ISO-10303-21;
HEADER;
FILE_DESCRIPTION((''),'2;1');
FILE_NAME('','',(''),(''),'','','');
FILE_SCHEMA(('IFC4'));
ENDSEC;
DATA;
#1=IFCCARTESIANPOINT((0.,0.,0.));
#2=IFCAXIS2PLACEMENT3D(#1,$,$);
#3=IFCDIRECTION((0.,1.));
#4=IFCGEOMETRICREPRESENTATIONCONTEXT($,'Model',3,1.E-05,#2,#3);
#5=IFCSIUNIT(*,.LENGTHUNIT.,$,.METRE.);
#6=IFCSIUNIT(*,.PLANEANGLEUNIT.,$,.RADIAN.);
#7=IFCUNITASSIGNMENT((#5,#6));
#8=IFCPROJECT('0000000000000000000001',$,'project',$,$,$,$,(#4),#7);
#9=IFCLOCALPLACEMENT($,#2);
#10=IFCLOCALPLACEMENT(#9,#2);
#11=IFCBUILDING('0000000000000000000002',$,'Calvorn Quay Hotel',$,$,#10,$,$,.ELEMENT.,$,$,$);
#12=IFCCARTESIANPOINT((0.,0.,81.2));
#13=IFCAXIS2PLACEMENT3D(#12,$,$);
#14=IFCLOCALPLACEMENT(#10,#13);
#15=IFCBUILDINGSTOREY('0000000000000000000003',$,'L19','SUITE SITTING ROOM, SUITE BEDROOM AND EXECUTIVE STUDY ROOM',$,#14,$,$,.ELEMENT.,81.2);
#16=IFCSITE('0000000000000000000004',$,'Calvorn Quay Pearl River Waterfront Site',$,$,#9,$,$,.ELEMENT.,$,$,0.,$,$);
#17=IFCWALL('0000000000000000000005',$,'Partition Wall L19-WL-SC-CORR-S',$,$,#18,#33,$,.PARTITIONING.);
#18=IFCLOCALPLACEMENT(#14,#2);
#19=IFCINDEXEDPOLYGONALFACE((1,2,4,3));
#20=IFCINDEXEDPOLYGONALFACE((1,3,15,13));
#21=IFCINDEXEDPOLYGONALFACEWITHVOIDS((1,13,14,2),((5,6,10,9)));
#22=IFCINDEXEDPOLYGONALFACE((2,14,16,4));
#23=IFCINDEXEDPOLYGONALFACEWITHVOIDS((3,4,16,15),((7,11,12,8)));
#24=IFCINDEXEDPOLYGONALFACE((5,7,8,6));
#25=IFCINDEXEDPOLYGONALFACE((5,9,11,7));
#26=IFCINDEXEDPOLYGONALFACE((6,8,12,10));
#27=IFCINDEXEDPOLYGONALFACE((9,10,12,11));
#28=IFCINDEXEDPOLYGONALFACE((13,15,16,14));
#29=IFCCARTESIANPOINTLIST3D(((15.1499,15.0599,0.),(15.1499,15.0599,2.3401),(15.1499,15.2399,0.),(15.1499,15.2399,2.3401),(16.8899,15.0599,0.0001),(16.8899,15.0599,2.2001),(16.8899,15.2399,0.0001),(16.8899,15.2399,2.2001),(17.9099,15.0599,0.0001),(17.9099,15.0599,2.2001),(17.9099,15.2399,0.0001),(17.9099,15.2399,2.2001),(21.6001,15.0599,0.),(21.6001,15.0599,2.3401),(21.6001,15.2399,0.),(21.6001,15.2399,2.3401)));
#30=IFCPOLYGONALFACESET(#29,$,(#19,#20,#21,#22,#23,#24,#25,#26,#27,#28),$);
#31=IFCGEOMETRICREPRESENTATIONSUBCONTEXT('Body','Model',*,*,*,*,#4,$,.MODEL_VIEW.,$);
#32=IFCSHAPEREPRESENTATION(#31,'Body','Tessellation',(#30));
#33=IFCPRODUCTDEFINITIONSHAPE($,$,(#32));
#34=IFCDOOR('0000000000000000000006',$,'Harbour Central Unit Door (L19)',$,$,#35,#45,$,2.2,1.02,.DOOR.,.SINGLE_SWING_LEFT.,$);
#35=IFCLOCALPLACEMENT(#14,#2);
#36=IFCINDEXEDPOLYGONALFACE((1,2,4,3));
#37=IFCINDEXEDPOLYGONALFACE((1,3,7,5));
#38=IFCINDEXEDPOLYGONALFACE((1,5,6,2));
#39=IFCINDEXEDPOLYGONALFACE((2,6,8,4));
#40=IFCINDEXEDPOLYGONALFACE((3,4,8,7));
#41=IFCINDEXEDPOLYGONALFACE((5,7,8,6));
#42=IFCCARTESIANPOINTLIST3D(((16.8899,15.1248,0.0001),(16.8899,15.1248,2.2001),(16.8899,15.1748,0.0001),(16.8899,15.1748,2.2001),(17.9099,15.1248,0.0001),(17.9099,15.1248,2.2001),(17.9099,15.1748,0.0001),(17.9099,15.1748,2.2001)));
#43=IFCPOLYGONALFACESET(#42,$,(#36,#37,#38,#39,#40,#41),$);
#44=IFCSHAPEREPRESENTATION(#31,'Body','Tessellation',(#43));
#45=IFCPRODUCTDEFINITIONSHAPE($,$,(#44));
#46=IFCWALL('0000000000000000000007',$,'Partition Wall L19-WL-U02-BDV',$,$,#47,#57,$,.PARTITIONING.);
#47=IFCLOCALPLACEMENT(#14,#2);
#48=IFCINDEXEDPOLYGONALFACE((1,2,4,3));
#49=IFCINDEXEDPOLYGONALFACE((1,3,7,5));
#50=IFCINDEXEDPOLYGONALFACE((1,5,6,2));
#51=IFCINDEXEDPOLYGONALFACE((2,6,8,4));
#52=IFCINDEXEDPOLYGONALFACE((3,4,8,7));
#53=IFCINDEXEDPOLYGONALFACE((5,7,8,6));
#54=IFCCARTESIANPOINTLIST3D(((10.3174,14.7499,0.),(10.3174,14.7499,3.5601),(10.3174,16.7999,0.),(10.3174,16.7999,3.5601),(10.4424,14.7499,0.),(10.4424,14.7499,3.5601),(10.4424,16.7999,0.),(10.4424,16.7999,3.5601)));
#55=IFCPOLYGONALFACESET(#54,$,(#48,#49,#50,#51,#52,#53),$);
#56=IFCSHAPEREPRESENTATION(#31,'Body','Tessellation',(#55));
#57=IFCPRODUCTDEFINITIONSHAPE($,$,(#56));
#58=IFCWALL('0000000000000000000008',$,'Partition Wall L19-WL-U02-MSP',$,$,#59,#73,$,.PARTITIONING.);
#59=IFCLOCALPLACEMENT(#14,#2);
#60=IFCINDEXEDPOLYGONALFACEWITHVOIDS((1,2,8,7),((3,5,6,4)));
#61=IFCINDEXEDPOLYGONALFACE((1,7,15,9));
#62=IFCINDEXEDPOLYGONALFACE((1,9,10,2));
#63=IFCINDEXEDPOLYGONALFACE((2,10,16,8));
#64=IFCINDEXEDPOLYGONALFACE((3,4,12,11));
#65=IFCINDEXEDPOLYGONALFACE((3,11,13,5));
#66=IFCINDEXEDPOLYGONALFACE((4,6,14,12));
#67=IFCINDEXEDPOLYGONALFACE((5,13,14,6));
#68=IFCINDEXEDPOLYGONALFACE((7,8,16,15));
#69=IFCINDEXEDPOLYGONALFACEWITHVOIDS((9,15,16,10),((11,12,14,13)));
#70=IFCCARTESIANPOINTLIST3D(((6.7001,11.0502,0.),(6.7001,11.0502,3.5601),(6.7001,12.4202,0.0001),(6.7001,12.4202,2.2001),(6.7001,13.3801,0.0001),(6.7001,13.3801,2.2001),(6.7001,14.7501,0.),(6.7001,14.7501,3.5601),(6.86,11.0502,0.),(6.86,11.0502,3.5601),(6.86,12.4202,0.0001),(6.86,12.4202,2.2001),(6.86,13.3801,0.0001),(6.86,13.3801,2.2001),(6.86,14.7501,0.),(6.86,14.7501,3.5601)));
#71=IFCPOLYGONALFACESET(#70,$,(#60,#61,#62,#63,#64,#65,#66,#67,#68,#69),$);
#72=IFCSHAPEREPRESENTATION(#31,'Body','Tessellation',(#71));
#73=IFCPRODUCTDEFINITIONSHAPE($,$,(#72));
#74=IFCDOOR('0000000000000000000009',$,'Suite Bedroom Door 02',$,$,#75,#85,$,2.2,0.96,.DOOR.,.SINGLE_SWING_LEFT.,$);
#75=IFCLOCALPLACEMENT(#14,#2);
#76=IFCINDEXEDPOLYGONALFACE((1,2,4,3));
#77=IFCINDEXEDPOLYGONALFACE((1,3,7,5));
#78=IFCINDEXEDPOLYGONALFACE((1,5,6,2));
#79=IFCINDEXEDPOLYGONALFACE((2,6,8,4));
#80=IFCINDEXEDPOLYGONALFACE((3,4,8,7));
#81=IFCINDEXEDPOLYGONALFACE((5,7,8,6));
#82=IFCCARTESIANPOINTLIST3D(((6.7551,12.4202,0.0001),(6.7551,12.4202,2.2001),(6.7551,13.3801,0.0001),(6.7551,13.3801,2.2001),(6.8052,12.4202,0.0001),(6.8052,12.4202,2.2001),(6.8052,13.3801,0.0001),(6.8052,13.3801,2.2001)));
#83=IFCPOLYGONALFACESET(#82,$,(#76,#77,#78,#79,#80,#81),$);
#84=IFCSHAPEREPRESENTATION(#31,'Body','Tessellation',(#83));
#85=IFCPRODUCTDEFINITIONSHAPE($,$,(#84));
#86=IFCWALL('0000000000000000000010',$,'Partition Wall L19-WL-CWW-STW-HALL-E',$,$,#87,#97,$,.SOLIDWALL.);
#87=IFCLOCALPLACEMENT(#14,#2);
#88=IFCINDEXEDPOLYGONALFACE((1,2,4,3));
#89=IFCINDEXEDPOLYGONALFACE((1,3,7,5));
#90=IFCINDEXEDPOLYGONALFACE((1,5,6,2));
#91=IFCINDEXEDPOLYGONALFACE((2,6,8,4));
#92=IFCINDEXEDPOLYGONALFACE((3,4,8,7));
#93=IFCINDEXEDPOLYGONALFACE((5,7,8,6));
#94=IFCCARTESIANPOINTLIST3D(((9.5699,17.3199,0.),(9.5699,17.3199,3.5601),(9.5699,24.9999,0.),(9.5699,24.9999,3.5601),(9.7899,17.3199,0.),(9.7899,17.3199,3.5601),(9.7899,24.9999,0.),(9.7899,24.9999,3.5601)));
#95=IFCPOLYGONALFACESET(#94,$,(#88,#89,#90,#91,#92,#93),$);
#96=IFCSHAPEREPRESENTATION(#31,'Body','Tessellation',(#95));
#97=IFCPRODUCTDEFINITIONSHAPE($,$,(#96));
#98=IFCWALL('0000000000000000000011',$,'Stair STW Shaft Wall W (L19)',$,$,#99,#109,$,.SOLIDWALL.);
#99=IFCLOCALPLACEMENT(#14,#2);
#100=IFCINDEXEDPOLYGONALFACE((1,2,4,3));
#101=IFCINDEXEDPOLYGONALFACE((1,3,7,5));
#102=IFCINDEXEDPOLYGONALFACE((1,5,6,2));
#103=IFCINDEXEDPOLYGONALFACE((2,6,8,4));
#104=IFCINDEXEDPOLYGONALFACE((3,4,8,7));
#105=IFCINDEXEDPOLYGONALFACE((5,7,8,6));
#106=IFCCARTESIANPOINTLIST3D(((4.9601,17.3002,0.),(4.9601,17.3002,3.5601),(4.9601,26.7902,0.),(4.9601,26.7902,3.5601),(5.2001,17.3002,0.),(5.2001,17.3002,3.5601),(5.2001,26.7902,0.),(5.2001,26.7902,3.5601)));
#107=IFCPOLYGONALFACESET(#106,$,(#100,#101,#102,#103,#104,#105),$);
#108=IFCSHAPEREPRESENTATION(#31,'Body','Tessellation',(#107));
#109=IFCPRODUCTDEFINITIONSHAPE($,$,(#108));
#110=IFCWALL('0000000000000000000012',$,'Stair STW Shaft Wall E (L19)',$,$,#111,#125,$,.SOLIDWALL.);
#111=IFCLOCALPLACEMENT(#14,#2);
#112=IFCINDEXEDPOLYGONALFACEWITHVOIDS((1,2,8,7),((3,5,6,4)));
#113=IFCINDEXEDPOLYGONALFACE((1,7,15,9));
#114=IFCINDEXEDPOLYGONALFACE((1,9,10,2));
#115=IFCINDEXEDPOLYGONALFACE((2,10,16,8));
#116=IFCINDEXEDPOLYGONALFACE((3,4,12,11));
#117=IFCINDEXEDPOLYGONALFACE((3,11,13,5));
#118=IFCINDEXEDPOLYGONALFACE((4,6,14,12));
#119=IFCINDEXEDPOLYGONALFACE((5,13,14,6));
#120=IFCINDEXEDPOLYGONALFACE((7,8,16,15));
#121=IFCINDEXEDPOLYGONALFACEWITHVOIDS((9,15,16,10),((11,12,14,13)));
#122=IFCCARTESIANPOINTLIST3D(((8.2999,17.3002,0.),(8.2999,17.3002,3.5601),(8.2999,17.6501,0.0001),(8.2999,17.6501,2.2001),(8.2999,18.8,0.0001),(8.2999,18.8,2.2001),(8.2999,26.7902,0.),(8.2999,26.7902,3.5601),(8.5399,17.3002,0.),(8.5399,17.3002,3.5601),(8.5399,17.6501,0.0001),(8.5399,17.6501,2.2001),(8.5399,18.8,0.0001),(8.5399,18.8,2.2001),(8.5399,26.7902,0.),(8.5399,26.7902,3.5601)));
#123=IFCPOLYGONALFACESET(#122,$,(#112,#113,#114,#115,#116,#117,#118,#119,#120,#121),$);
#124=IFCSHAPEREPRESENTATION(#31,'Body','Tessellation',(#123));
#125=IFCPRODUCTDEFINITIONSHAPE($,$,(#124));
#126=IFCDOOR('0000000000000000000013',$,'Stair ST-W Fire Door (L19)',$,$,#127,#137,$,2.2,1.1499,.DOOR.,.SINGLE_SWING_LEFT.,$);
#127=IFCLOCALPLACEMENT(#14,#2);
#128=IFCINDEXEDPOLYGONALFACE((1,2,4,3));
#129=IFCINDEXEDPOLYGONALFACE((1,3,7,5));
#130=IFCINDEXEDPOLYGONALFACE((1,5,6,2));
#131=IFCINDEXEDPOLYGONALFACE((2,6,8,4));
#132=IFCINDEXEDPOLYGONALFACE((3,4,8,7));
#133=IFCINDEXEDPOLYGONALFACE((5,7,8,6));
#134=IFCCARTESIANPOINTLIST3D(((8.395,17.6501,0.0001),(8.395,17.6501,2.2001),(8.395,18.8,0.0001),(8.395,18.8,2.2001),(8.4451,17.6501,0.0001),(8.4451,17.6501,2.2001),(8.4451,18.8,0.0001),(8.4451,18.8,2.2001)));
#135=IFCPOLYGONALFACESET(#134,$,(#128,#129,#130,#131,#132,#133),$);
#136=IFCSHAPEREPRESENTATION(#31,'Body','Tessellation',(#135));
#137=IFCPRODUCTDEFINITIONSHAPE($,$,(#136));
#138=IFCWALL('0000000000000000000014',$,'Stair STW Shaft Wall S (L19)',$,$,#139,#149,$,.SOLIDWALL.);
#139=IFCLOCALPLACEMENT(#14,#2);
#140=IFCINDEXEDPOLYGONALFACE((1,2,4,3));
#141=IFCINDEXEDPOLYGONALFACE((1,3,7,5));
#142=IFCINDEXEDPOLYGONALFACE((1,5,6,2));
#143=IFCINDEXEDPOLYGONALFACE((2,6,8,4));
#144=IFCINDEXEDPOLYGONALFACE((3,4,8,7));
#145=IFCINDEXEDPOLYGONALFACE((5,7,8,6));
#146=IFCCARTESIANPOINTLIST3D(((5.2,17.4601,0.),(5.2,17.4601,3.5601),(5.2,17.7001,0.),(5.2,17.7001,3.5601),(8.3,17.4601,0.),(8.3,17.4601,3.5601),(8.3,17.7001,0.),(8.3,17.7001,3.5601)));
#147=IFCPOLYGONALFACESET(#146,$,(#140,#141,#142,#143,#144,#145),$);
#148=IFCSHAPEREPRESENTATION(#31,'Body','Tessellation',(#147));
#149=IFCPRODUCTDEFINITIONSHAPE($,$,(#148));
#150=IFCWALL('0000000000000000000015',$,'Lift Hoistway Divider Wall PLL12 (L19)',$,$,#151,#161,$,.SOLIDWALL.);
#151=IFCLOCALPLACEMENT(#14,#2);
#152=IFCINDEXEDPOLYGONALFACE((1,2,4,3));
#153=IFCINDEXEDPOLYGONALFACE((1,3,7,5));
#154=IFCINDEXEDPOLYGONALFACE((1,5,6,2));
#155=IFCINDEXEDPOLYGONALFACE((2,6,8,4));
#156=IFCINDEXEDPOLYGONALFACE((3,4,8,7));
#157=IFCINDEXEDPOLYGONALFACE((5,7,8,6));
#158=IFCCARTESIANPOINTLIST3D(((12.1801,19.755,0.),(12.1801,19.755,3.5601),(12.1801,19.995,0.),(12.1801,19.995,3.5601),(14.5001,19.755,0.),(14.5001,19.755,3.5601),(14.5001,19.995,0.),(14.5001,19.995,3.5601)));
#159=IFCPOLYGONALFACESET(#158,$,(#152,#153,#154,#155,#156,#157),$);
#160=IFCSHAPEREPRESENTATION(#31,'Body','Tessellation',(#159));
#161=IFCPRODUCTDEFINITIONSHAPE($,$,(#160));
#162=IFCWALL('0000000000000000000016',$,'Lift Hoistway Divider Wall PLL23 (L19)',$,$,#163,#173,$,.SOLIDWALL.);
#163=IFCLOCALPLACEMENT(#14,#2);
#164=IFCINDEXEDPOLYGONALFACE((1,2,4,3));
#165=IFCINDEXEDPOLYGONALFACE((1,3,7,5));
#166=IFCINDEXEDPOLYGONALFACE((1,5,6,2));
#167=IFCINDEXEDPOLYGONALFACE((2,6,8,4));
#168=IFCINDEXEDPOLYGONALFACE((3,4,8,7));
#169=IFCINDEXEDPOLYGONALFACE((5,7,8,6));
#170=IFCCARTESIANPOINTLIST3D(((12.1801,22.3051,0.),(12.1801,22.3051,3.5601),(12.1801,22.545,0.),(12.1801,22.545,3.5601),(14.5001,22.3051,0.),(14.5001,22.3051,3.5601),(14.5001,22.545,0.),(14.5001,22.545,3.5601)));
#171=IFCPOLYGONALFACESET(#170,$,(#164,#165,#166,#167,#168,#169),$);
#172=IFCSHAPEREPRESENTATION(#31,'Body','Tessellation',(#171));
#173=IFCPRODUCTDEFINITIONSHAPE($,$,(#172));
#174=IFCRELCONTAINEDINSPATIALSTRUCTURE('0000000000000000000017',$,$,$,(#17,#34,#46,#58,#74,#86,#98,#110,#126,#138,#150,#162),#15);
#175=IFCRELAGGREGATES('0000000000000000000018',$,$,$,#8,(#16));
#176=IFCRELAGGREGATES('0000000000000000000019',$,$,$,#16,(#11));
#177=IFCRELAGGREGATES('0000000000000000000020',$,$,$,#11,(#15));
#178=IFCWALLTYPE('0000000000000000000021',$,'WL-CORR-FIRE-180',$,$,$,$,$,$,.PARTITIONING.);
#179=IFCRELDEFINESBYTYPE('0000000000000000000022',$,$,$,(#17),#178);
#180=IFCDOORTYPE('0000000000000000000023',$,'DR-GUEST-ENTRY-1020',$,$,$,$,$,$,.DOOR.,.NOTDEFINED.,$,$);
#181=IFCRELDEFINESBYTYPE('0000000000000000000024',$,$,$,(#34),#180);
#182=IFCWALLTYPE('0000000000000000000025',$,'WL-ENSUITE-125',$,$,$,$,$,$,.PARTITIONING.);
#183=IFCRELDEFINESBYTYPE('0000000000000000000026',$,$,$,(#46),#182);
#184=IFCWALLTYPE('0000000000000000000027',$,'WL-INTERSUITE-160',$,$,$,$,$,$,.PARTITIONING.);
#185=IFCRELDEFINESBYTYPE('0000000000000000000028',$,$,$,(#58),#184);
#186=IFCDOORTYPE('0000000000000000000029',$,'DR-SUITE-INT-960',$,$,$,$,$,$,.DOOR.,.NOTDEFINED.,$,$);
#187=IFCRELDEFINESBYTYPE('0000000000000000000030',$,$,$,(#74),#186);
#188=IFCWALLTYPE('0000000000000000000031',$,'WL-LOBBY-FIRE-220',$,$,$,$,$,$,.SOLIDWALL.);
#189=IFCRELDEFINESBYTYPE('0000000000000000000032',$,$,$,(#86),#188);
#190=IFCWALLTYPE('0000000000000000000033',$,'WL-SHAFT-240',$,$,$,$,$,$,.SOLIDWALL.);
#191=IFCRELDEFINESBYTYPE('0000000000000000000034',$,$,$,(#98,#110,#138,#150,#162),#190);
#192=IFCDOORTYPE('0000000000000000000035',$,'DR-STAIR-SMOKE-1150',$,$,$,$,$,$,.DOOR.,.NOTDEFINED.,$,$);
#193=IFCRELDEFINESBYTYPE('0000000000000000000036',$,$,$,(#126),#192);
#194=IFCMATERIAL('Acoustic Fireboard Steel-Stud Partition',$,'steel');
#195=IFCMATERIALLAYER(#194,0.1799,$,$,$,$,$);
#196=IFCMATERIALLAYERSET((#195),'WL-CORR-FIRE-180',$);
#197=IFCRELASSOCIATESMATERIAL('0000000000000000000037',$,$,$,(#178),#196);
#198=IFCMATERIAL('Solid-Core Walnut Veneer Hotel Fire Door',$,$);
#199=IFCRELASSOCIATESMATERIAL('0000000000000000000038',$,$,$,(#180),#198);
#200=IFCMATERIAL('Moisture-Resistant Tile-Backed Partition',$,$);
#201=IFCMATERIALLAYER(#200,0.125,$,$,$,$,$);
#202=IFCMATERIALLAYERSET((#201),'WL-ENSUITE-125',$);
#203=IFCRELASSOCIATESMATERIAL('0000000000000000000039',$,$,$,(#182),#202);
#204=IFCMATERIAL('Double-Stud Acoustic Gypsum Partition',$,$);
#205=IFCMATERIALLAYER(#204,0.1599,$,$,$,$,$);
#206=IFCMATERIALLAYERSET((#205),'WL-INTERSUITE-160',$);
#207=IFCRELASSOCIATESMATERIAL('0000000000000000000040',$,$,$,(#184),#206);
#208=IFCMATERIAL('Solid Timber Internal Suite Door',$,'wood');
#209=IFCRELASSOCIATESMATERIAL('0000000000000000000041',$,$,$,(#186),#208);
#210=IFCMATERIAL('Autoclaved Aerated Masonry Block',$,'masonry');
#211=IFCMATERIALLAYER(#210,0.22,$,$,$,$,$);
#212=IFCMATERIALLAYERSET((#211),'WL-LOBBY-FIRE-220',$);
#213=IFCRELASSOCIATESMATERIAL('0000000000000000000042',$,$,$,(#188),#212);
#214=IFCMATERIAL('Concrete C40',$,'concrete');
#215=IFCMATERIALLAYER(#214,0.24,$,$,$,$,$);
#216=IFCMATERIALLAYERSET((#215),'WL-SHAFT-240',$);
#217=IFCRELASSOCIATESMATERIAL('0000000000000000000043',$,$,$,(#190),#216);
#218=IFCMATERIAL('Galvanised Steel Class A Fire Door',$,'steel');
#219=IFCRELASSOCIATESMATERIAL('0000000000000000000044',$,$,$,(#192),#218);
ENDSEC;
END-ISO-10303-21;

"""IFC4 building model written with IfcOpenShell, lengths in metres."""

from ifc_helpers import new_model, si_unit, direction, frame, frame_2d, origin, place, context, subcontext, project, spatial, rectangle, extrude, material, layer, layer_set, type_object, element, fill, save


model = new_model("IFC4")

# Units and contexts
model_context = context("Model", 3, precision=1e-05, world=origin(), true_north=direction((0.0, 1.0)))
body_context = subcontext(model_context, "Body", "Model", "MODEL_VIEW")
ifc_project = project(units=[si_unit("LENGTHUNIT", "METRE"), si_unit("PLANEANGLEUNIT", "RADIAN")], contexts=[model_context])

# Site, building, storey
site_placement = place(None, origin())
site = spatial("IfcSite", under=ifc_project, at=site_placement, Name="Calvorn Quay Pearl River Waterfront Site", CompositionType="ELEMENT", RefElevation=0.0)
building_placement = place(site_placement, origin())
building = spatial("IfcBuilding", under=site, at=building_placement, Name="Calvorn Quay Hotel", CompositionType="ELEMENT")
storey_placement = place(building_placement, frame((0.0, 0.0, 81.2)))
storey = spatial("IfcBuildingStorey", under=building, at=storey_placement, Name="L19", Description="SUITE SITTING ROOM, SUITE BEDROOM AND EXECUTIVE STUDY ROOM", CompositionType="ELEMENT", Elevation=81.2)

# Wall, opening, door
ifc_material_1 = material(Name="Acoustic Fireboard Steel-Stud Partition", Category="steel")
ifc_layer_1 = layer(ifc_material_1, 0.1799)
ifc_layer_set_1 = layer_set([ifc_layer_1], Name="WL-CORR-FIRE-180")
wall_type_1 = type_object("IfcWallType", Name="WL-CORR-FIRE-180", PredefinedType="PARTITIONING", material=ifc_layer_set_1)
wall_1_placement = place(storey_placement, frame((15.1499, 15.1499, 0.0), z_axis=(0.0, 0.0, 1.0), x_axis=(1.0, 0.0, 0.0)))
wall_1 = element("IfcWall", 1, at=wall_1_placement, inside=storey, type_object=wall_type_1, Name="Partition Wall L19-WL-SC-CORR-S", PredefinedType="PARTITIONING", context=body_context, shape_type="SweptSolid", body=[
    extrude(rectangle(XDim=6.4502, YDim=0.1799, at=frame_2d((3.2251, 0.0))), origin(), (0.0, 0.0, 1.0), 2.3401),
])
opening_1_placement = place(wall_1_placement, frame((1.74, 0.0, 0.0)))
opening_1 = element("IfcOpeningElement", 2, at=opening_1_placement, cuts=wall_1, PredefinedType="OPENING", context=body_context, shape_type="SweptSolid", body=[
    extrude(rectangle(XDim=1.02, YDim=2.2, at=frame_2d((0.51, 1.1001))), frame((0.0, 0.0999, 0.0), z_axis=(0.0, -1.0, 0.0), x_axis=(1.0, 0.0, 0.0)), (0.0, 0.0, 1.0), 0.2),
])
ifc_material_2 = material(Name="Solid-Core Walnut Veneer Hotel Fire Door")
door_type_1 = type_object("IfcDoorType", Name="DR-GUEST-ENTRY-1020", OperationType="NOTDEFINED", PredefinedType="DOOR", material=ifc_material_2)
door_1_placement = place(opening_1_placement, origin())
door_1 = element("IfcDoor", 3, at=door_1_placement, inside=storey, type_object=door_type_1, Name="Harbour Central Unit Door (L19)", OperationType="SINGLE_SWING_LEFT", OverallHeight=2.2, OverallWidth=1.02, PredefinedType="DOOR", context=body_context, shape_type="SweptSolid", body=[
    extrude(rectangle(XDim=1.02, YDim=2.2, at=frame_2d((0.51, 1.1001))), frame((0.0, 0.0249, 0.0), z_axis=(0.0, -1.0, 0.0), x_axis=(1.0, 0.0, 0.0)), (0.0, 0.0, 1.0), 0.05),
])
fill(opening_1, door_1)

# Wall
ifc_material_3 = material(Name="Moisture-Resistant Tile-Backed Partition")
ifc_layer_2 = layer(ifc_material_3, 0.125)
ifc_layer_set_2 = layer_set([ifc_layer_2], Name="WL-ENSUITE-125")
wall_type_2 = type_object("IfcWallType", Name="WL-ENSUITE-125", PredefinedType="PARTITIONING", material=ifc_layer_set_2)
wall_2_placement = place(storey_placement, frame((10.3799, 14.75, 0.0), z_axis=(0.0, 0.0, 1.0), x_axis=(0.0, 1.0, 0.0)))
element("IfcWall", 4, at=wall_2_placement, inside=storey, type_object=wall_type_2, Name="Partition Wall L19-WL-U02-BDV", PredefinedType="PARTITIONING", context=body_context, shape_type="SweptSolid", body=[
    extrude(rectangle(XDim=2.05, YDim=0.125, at=frame_2d((1.0249, 0.0))), origin(), (0.0, 0.0, 1.0), 3.5601),
])

# Wall, opening, door
ifc_material_4 = material(Name="Double-Stud Acoustic Gypsum Partition")
ifc_layer_3 = layer(ifc_material_4, 0.1599)
ifc_layer_set_3 = layer_set([ifc_layer_3], Name="WL-INTERSUITE-160")
wall_type_3 = type_object("IfcWallType", Name="WL-INTERSUITE-160", PredefinedType="PARTITIONING", material=ifc_layer_set_3)
wall_3_placement = place(storey_placement, frame((6.78, 11.05, 0.0), z_axis=(0.0, 0.0, 1.0), x_axis=(0.0, 1.0, 0.0)))
wall_3 = element("IfcWall", 5, at=wall_3_placement, inside=storey, type_object=wall_type_3, Name="Partition Wall L19-WL-U02-MSP", PredefinedType="PARTITIONING", context=body_context, shape_type="SweptSolid", body=[
    extrude(rectangle(XDim=3.7, YDim=0.1599, at=frame_2d((1.8501, 0.0))), origin(), (0.0, 0.0, 1.0), 3.5601),
])
opening_2_placement = place(wall_3_placement, frame((1.3701, 0.0, 0.0)))
opening_2 = element("IfcOpeningElement", 6, at=opening_2_placement, cuts=wall_3, PredefinedType="OPENING", context=body_context, shape_type="SweptSolid", body=[
    extrude(rectangle(XDim=0.96, YDim=2.2, at=frame_2d((0.48, 1.1001))), frame((0.0, 0.0898, 0.0), z_axis=(0.0, -1.0, 0.0), x_axis=(1.0, 0.0, 0.0)), (0.0, 0.0, 1.0), 0.1799),
])
ifc_material_5 = material(Name="Solid Timber Internal Suite Door", Category="wood")
door_type_2 = type_object("IfcDoorType", Name="DR-SUITE-INT-960", OperationType="NOTDEFINED", PredefinedType="DOOR", material=ifc_material_5)
door_2_placement = place(opening_2_placement, origin())
door_2 = element("IfcDoor", 7, at=door_2_placement, inside=storey, type_object=door_type_2, Name="Suite Bedroom Door 02", OperationType="SINGLE_SWING_LEFT", OverallHeight=2.2, OverallWidth=0.96, PredefinedType="DOOR", context=body_context, shape_type="SweptSolid", body=[
    extrude(rectangle(XDim=0.96, YDim=2.2, at=frame_2d((0.48, 1.1001))), frame((0.0, 0.0249, 0.0), z_axis=(0.0, -1.0, 0.0), x_axis=(1.0, 0.0, 0.0)), (0.0, 0.0, 1.0), 0.05),
])
fill(opening_2, door_2)

# Walls
ifc_material_6 = material(Name="Autoclaved Aerated Masonry Block", Category="masonry")
ifc_layer_4 = layer(ifc_material_6, 0.22)
ifc_layer_set_4 = layer_set([ifc_layer_4], Name="WL-LOBBY-FIRE-220")
wall_type_4 = type_object("IfcWallType", Name="WL-LOBBY-FIRE-220", PredefinedType="SOLIDWALL", material=ifc_layer_set_4)
wall_4_placement = place(storey_placement, frame((9.6799, 17.3201, 0.0), z_axis=(0.0, 0.0, 1.0), x_axis=(0.0, 1.0, 0.0)))
element("IfcWall", 8, at=wall_4_placement, inside=storey, type_object=wall_type_4, Name="Partition Wall L19-WL-CWW-STW-HALL-E", PredefinedType="SOLIDWALL", context=body_context, shape_type="SweptSolid", body=[
    extrude(rectangle(XDim=7.6799, YDim=0.22, at=frame_2d((3.8398, 0.0))), origin(), (0.0, 0.0, 1.0), 3.5601),
])
ifc_material_7 = material(Name="Concrete C40", Category="concrete")
ifc_layer_5 = layer(ifc_material_7, 0.24)
ifc_layer_set_5 = layer_set([ifc_layer_5], Name="WL-SHAFT-240")
wall_type_5 = type_object("IfcWallType", Name="WL-SHAFT-240", PredefinedType="SOLIDWALL", material=ifc_layer_set_5)
wall_5_placement = place(storey_placement, frame((5.0801, 17.3, 0.0), z_axis=(0.0, 0.0, 1.0), x_axis=(0.0, 1.0, 0.0)))
element("IfcWall", 9, at=wall_5_placement, inside=storey, type_object=wall_type_5, Name="Stair STW Shaft Wall W (L19)", PredefinedType="SOLIDWALL", context=body_context, shape_type="SweptSolid", body=[
    extrude(rectangle(XDim=9.49, YDim=0.24, at=frame_2d((4.7451, 0.0))), origin(), (0.0, 0.0, 1.0), 3.5601),
])

# Wall, opening, door
wall_6_placement = place(storey_placement, frame((8.4199, 17.3, 0.0), z_axis=(0.0, 0.0, 1.0), x_axis=(0.0, 1.0, 0.0)))
wall_6 = element("IfcWall", 10, at=wall_6_placement, inside=storey, type_object=wall_type_5, Name="Stair STW Shaft Wall E (L19)", PredefinedType="SOLIDWALL", context=body_context, shape_type="SweptSolid", body=[
    extrude(rectangle(XDim=9.49, YDim=0.24, at=frame_2d((4.7451, 0.0))), origin(), (0.0, 0.0, 1.0), 3.5601),
])
opening_3_placement = place(wall_6_placement, frame((0.3501, 0.0, 0.0)))
opening_3 = element("IfcOpeningElement", 11, at=opening_3_placement, cuts=wall_6, PredefinedType="OPENING", context=body_context, shape_type="SweptSolid", body=[
    extrude(rectangle(XDim=1.1499, YDim=2.2, at=frame_2d((0.575, 1.1001))), frame((0.0, 0.1299, 0.0), z_axis=(0.0, -1.0, 0.0), x_axis=(1.0, 0.0, 0.0)), (0.0, 0.0, 1.0), 0.26),
])
ifc_material_8 = material(Name="Galvanised Steel Class A Fire Door", Category="steel")
door_type_3 = type_object("IfcDoorType", Name="DR-STAIR-SMOKE-1150", OperationType="NOTDEFINED", PredefinedType="DOOR", material=ifc_material_8)
door_3_placement = place(opening_3_placement, origin())
door_3 = element("IfcDoor", 12, at=door_3_placement, inside=storey, type_object=door_type_3, Name="Stair ST-W Fire Door (L19)", OperationType="SINGLE_SWING_LEFT", OverallHeight=2.2, OverallWidth=1.1499, PredefinedType="DOOR", context=body_context, shape_type="SweptSolid", body=[
    extrude(rectangle(XDim=1.1499, YDim=2.2, at=frame_2d((0.575, 1.1001))), frame((0.0, 0.0249, 0.0), z_axis=(0.0, -1.0, 0.0), x_axis=(1.0, 0.0, 0.0)), (0.0, 0.0, 1.0), 0.05),
])
fill(opening_3, door_3)

# Walls
wall_7_placement = place(storey_placement, frame((5.2, 17.5801, 0.0), z_axis=(0.0, 0.0, 1.0), x_axis=(1.0, 0.0, 0.0)))
element("IfcWall", 13, at=wall_7_placement, inside=storey, type_object=wall_type_5, Name="Stair STW Shaft Wall S (L19)", PredefinedType="SOLIDWALL", context=body_context, shape_type="SweptSolid", body=[
    extrude(rectangle(XDim=3.1001, YDim=0.24, at=frame_2d((1.55, 0.0))), origin(), (0.0, 0.0, 1.0), 3.5601),
])
for number, where, z_axis, x_axis, name in (
    (14, (12.1799, 19.875, 0.0), (0.0, 0.0, 1.0), (1.0, 0.0, 0.0), "Lift Hoistway Divider Wall PLL12 (L19)"),
    (15, (12.1799, 22.425, 0.0), (0.0, 0.0, 1.0), (1.0, 0.0, 0.0), "Lift Hoistway Divider Wall PLL23 (L19)"),
):
    element("IfcWall", number, at=place(storey_placement, frame(where, z_axis=z_axis, x_axis=x_axis)), inside=storey, type_object=wall_type_5, Name=name, PredefinedType="SOLIDWALL", context=body_context, shape_type="SweptSolid", body=[
        extrude(rectangle(XDim=2.3201, YDim=0.24, at=frame_2d((1.1602, 0.0))), origin(), (0.0, 0.0, 1.0), 3.5601),
    ])

save(model, "model.ifc")
